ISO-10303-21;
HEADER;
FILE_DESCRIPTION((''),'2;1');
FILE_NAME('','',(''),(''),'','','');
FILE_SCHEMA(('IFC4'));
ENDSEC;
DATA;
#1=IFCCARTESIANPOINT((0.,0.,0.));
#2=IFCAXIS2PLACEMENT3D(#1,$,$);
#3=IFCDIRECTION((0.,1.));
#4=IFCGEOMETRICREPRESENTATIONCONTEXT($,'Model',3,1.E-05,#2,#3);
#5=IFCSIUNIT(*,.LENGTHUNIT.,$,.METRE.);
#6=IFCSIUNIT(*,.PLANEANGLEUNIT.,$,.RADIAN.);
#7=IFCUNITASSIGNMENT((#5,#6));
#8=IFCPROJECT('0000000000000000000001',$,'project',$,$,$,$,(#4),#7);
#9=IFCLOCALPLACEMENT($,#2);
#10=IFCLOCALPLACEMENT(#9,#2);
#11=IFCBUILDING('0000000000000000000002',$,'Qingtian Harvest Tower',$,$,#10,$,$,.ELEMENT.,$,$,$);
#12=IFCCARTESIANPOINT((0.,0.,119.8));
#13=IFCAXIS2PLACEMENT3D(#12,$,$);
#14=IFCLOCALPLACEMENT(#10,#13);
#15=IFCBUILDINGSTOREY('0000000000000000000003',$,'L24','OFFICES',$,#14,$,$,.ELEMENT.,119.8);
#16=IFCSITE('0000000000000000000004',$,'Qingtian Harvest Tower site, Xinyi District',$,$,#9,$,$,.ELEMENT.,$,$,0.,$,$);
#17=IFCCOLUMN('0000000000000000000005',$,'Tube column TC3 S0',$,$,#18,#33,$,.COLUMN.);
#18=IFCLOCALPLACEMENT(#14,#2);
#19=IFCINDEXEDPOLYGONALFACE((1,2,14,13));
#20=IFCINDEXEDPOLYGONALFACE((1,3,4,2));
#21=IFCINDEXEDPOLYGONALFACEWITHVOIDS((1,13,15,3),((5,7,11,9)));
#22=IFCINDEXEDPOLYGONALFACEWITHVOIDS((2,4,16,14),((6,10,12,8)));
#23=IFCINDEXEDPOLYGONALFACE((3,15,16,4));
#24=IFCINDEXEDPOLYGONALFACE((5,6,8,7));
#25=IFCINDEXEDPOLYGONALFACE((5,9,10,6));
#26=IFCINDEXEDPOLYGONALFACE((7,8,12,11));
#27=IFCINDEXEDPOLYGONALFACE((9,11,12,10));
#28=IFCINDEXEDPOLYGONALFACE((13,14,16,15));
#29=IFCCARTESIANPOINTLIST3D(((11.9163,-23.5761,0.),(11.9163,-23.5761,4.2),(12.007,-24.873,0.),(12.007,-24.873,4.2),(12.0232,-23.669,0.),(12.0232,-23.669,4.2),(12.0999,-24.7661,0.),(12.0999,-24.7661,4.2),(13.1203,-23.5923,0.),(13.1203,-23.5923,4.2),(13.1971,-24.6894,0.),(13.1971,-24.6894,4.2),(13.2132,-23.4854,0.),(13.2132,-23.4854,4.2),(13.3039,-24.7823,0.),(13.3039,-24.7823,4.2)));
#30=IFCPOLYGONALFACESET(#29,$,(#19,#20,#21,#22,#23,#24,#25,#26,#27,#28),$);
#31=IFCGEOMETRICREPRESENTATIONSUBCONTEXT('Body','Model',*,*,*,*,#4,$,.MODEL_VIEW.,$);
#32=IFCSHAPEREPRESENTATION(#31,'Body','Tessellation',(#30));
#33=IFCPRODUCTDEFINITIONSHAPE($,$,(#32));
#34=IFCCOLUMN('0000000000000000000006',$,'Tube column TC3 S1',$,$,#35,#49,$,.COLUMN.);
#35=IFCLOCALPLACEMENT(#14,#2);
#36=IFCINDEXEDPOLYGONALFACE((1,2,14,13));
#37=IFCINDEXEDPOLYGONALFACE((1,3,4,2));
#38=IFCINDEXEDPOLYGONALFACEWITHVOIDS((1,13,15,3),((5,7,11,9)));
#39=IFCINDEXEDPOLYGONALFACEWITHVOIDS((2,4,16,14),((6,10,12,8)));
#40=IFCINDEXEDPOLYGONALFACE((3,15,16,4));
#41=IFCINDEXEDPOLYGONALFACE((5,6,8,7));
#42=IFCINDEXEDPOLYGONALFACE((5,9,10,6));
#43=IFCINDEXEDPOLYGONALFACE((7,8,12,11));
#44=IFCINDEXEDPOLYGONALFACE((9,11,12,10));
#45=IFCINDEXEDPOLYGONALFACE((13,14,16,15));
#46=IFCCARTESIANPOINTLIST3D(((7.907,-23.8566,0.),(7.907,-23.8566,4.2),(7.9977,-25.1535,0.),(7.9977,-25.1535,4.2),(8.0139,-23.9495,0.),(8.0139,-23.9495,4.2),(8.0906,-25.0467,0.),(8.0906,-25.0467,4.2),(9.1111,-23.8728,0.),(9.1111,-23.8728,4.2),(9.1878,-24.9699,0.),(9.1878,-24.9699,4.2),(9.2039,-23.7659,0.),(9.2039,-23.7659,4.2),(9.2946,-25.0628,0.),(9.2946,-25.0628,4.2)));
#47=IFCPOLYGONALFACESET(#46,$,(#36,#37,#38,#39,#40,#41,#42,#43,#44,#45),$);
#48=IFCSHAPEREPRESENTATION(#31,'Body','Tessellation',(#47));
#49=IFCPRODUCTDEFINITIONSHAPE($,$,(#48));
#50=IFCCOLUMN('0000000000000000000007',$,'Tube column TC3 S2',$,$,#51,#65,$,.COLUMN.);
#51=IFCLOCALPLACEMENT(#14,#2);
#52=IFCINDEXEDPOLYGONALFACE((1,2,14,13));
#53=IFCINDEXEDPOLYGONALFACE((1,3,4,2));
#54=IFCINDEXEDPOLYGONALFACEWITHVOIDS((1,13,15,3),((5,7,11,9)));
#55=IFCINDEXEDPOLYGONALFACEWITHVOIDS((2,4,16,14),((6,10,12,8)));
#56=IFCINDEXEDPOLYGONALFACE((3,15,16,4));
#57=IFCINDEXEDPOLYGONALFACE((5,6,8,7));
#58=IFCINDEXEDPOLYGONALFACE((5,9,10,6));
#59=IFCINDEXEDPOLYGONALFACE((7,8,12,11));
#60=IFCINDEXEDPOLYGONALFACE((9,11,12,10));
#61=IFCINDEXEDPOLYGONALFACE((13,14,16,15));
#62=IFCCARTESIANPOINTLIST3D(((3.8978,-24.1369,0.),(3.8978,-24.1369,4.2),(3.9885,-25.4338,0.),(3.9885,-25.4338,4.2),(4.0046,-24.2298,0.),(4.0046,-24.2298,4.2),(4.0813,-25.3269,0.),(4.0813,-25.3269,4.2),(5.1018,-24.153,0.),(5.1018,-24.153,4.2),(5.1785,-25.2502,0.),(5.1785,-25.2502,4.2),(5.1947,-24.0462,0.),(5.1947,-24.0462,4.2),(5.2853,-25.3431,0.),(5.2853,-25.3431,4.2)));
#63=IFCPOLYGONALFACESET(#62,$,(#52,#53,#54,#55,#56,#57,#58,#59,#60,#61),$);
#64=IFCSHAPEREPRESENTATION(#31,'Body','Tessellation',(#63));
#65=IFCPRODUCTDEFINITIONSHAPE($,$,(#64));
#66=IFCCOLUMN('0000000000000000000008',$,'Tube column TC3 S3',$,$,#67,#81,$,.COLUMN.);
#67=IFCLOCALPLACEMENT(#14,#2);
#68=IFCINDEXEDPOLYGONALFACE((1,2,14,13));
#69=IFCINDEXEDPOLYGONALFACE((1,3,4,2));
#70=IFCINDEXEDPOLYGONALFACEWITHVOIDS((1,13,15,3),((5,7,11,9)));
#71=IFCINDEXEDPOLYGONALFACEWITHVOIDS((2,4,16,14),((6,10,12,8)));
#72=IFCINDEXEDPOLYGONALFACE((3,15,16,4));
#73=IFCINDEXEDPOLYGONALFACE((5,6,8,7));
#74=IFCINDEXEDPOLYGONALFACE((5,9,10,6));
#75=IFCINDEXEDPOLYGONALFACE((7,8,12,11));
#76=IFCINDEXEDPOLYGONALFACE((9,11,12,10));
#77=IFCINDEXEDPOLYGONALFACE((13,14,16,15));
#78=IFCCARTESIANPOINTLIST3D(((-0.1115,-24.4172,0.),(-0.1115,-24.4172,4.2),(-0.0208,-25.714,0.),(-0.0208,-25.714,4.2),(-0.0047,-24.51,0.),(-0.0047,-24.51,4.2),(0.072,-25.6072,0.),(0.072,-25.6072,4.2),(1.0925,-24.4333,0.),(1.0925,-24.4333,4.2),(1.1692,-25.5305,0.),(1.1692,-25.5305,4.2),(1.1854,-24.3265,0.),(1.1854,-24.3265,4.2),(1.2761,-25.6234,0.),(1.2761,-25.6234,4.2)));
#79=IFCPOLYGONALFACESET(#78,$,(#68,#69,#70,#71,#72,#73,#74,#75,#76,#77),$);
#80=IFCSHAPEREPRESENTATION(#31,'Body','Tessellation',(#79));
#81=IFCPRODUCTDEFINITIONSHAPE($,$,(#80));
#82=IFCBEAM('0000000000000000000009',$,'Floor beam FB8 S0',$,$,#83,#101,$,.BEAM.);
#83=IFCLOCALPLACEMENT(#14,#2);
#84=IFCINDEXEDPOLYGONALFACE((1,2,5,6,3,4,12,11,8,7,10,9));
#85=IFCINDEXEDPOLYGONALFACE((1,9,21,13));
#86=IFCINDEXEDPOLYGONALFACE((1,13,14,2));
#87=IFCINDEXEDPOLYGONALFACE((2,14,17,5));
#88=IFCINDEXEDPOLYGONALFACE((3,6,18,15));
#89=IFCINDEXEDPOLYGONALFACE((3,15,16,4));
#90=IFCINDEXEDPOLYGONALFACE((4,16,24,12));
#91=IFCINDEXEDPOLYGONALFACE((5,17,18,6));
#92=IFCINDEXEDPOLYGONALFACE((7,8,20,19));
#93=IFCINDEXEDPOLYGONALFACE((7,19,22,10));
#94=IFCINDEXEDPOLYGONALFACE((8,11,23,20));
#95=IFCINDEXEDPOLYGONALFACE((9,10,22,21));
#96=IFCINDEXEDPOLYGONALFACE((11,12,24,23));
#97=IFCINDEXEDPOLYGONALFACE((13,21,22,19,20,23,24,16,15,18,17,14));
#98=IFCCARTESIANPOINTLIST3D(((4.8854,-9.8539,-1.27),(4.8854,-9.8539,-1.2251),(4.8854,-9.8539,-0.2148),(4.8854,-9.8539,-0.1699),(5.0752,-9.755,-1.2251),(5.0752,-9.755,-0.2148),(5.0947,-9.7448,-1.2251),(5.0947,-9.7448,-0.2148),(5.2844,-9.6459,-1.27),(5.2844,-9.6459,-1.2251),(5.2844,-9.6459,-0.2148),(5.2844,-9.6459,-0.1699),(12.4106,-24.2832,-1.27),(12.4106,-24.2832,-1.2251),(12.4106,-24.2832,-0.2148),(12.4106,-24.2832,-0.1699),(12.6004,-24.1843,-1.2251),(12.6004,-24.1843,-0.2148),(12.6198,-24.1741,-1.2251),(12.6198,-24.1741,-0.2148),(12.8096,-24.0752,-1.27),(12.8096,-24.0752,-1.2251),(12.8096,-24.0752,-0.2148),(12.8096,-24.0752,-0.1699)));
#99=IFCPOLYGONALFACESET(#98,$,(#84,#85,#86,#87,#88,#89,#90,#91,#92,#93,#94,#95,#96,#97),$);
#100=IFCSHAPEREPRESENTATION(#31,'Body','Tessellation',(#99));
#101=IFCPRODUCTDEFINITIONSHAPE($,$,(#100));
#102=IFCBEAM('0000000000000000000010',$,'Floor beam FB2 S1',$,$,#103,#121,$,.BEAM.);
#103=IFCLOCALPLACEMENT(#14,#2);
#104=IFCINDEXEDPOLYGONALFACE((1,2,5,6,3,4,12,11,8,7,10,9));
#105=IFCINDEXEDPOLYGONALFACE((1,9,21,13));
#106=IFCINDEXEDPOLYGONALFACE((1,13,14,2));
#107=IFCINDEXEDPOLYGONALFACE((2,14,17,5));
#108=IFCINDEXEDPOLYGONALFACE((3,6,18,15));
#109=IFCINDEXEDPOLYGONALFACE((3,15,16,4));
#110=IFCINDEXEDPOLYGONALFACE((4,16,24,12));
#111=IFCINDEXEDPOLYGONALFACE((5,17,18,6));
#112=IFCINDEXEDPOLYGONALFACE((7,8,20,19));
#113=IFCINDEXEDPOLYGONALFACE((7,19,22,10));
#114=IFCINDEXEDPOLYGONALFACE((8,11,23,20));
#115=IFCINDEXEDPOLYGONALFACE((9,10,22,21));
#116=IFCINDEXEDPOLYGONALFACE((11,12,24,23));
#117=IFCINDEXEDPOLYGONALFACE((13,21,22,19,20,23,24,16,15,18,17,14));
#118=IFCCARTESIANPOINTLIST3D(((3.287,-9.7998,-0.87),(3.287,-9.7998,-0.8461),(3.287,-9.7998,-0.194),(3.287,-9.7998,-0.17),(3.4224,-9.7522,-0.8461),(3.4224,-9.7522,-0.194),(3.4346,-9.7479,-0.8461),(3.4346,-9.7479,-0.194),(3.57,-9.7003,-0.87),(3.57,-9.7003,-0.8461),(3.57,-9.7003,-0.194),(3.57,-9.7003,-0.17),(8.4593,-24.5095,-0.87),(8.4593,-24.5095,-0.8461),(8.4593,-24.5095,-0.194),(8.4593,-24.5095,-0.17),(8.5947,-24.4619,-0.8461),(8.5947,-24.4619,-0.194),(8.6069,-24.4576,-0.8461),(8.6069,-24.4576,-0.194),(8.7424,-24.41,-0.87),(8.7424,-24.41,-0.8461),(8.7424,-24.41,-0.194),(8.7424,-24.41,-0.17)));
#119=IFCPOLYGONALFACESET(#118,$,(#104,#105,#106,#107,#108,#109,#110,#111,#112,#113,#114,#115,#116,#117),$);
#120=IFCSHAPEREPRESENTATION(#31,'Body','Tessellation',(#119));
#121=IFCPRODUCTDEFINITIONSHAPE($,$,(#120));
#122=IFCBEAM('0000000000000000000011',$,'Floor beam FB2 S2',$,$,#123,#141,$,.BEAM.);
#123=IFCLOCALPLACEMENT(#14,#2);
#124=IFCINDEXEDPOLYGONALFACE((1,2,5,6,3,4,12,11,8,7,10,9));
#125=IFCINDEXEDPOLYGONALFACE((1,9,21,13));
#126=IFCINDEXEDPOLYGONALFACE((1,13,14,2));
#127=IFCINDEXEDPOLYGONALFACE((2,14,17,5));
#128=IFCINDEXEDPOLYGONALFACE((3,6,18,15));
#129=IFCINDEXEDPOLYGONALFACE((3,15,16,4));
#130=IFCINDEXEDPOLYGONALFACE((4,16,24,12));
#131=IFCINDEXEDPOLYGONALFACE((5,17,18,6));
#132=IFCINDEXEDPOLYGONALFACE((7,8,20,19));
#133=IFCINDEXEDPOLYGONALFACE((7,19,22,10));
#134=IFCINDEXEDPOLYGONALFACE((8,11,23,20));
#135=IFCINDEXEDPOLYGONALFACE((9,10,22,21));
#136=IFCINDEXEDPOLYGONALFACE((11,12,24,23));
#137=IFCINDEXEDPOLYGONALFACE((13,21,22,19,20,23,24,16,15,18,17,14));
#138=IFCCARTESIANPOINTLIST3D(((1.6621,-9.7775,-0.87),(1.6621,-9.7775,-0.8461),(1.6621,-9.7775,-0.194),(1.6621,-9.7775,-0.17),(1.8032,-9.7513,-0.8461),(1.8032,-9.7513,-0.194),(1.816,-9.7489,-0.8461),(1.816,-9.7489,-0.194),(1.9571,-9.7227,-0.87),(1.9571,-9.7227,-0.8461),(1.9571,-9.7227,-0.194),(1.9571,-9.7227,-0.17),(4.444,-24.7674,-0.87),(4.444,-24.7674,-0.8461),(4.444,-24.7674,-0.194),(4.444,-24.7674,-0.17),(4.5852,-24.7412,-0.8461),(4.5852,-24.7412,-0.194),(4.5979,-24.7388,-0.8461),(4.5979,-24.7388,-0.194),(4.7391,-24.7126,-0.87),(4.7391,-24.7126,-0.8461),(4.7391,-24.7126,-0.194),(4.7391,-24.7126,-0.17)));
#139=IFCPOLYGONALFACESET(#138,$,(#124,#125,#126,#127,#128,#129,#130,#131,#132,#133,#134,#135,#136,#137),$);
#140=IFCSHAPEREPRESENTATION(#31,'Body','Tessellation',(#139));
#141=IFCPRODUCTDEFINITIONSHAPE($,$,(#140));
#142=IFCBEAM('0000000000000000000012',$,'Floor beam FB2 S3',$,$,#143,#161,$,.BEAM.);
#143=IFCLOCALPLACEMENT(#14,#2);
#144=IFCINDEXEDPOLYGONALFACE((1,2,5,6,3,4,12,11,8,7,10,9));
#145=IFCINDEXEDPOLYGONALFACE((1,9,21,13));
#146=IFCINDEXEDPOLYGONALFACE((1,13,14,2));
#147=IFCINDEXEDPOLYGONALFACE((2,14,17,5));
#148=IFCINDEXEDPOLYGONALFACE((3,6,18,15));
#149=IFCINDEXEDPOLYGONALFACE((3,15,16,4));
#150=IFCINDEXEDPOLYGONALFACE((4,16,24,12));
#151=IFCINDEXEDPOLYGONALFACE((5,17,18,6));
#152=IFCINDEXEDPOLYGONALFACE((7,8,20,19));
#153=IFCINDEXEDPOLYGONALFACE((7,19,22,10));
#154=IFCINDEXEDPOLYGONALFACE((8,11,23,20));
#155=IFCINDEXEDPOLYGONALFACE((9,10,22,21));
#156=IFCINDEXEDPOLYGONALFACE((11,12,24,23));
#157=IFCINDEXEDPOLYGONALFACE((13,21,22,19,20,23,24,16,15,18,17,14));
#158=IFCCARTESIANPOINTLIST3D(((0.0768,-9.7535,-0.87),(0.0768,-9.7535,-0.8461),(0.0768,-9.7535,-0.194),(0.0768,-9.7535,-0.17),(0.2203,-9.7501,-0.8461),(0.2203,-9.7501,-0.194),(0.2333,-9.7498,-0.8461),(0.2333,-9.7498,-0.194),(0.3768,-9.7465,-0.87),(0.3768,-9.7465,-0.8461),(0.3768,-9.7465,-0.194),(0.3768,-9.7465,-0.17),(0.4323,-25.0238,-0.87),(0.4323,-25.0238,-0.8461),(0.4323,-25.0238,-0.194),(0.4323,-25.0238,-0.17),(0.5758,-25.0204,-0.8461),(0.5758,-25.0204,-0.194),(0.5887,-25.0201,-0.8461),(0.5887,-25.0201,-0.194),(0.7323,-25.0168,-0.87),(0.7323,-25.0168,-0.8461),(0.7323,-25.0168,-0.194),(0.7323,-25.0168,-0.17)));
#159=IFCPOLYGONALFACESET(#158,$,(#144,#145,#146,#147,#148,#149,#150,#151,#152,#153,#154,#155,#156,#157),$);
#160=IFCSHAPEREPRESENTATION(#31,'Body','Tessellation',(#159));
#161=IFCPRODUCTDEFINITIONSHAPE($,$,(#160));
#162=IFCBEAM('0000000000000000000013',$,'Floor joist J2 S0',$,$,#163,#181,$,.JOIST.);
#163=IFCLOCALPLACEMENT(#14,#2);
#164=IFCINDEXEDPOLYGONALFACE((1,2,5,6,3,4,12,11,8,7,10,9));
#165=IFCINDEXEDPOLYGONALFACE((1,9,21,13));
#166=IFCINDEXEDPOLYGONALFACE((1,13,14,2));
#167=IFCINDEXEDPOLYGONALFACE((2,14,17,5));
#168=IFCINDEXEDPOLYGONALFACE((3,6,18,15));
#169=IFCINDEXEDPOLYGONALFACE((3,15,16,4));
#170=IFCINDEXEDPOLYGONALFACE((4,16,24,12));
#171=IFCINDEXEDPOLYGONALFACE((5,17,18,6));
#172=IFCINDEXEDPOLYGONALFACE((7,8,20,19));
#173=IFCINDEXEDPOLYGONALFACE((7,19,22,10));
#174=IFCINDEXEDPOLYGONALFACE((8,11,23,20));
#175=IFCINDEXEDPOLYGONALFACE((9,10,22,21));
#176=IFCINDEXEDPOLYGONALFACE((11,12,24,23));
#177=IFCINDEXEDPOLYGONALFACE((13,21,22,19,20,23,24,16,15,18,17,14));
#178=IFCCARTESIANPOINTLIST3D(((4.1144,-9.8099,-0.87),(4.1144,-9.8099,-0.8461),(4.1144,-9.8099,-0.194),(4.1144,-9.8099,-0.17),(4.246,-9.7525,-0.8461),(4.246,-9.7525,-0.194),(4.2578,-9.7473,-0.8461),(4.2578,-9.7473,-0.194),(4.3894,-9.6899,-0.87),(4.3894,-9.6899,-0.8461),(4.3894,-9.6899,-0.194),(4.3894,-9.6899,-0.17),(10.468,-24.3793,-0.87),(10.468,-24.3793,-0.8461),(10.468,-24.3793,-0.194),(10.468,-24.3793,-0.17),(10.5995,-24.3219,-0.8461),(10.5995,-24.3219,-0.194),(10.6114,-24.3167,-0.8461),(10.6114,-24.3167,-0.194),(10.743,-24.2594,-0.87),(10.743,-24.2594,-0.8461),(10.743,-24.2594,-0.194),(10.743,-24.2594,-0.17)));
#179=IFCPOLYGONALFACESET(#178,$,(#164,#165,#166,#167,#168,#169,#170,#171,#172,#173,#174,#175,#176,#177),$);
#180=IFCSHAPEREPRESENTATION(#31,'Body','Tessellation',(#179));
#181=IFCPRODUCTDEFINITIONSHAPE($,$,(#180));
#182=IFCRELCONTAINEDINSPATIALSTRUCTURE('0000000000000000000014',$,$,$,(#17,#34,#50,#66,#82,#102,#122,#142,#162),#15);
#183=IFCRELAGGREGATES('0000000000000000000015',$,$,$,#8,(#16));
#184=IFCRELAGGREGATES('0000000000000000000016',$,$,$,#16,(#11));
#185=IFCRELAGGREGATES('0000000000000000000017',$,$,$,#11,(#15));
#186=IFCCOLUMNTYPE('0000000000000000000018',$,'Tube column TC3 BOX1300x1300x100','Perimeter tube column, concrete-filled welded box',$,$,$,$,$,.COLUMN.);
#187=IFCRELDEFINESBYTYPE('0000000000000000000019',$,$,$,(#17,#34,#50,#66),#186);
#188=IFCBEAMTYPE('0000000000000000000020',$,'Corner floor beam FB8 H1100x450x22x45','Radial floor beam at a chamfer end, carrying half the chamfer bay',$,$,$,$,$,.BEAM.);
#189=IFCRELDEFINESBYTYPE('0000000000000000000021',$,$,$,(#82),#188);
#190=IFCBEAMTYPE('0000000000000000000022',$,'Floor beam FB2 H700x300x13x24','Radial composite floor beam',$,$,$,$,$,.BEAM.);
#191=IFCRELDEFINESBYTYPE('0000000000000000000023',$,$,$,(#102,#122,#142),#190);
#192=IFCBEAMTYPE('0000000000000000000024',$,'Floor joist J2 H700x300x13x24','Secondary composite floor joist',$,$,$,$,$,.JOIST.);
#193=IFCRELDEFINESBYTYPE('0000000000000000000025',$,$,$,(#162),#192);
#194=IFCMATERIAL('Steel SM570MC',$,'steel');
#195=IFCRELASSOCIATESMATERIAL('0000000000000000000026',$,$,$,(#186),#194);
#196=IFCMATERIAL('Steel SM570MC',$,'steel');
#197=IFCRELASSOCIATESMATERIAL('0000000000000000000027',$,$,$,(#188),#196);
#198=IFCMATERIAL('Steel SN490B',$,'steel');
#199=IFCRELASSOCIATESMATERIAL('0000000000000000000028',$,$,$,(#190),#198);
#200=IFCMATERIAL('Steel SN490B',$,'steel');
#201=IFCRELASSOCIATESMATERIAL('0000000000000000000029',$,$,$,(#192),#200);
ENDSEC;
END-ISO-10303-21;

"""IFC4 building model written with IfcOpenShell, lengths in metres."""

from ifc_helpers import new_model, si_unit, direction, frame, origin, origin_2d, place, context, subcontext, project, spatial, hollow_rectangle, i_section, extrude, material, material_profile, profile_set, type_object, element, save


model = new_model("IFC4")

# Units and contexts
model_context = context("Model", 3, precision=1e-05, world=origin(), true_north=direction((0.0, 1.0)))
body_context = subcontext(model_context, "Body", "Model", "MODEL_VIEW")
ifc_project = project(units=[si_unit("LENGTHUNIT", "METRE"), si_unit("PLANEANGLEUNIT", "RADIAN")], contexts=[model_context])

# Site, building, storey
site_placement = place(None, origin())
site = spatial("IfcSite", under=ifc_project, at=site_placement, Name="Qingtian Harvest Tower site, Xinyi District", CompositionType="ELEMENT", RefElevation=0.0)
building_placement = place(site_placement, origin())
building = spatial("IfcBuilding", under=site, at=building_placement, Name="Qingtian Harvest Tower", CompositionType="ELEMENT")
storey_placement = place(building_placement, frame((0.0, 0.0, 119.8)))
storey = spatial("IfcBuildingStorey", under=building, at=storey_placement, Name="L24", Description="OFFICES", CompositionType="ELEMENT", Elevation=119.8)

# Columns
ifc_material_1 = material(Name="Steel SM570MC", Category="steel")
ifc_material_profile_1 = material_profile(ifc_material_1, hollow_rectangle(XDim=1.3, YDim=1.3, WallThickness=0.1001, at=origin_2d()), Name="BOX1300x1300x100")
ifc_profile_set_1 = profile_set([ifc_material_profile_1], Name="Steel SM570MC")
column_type = type_object("IfcColumnType", Name="Tube column TC3 BOX1300x1300x100", Description="Perimeter tube column, concrete-filled welded box", PredefinedType="COLUMN", material=ifc_profile_set_1)
for number, where, z_axis, x_axis, name in (
    (1, (12.6101, -24.1792, 0.0), (0.0, 0.0, 1.0), (0.997564, 0.069756, 0.0), "Tube column TC3 S0"),
    (2, (8.6008, -24.4597, 0.0), (0.0, 0.0, 1.0), (0.997564, 0.069756, 0.0), "Tube column TC3 S1"),
    (3, (4.5916, -24.74, 0.0), (0.0, 0.0, 1.0), (0.997564, 0.069756, 0.0), "Tube column TC3 S2"),
    (4, (0.5823, -25.0203, 0.0), (0.0, 0.0, 1.0), (0.997564, 0.069756, 0.0), "Tube column TC3 S3"),
):
    element("IfcColumn", number, at=place(storey_placement, frame(where, z_axis=z_axis, x_axis=x_axis)), inside=storey, type_object=column_type, Name=name, PredefinedType="COLUMN", context=body_context, shape_type="SweptSolid", body=[
        extrude(hollow_rectangle(XDim=1.3, YDim=1.3, WallThickness=0.1001, at=origin_2d()), origin(), (0.0, 0.0, 1.0), 4.2),
    ])

# Beams
ifc_material_2 = material(Name="Steel SM570MC", Category="steel")
ifc_material_profile_2 = material_profile(ifc_material_2, i_section(OverallWidth=0.45, OverallDepth=1.1001, WebThickness=0.022, FlangeThickness=0.0449, at=origin_2d()), Name="H1100x450x22x45")
ifc_profile_set_2 = profile_set([ifc_material_profile_2], Name="Steel SM570MC")
beam_type_1 = type_object("IfcBeamType", Name="Corner floor beam FB8 H1100x450x22x45", Description="Radial floor beam at a chamfer end, carrying half the chamfer bay", PredefinedType="BEAM", material=ifc_profile_set_2)
beam_1_placement = place(storey_placement, frame((12.6101, -24.1792, -0.72), z_axis=(-0.462415, 0.886664, 0.0), x_axis=(-0.886664, -0.462415, 0.0)))
element("IfcBeam", 5, at=beam_1_placement, inside=storey, type_object=beam_type_1, Name="Floor beam FB8 S0", PredefinedType="BEAM", context=body_context, shape_type="SweptSolid", body=[
    extrude(i_section(OverallWidth=0.45, OverallDepth=1.1001, WebThickness=0.022, FlangeThickness=0.0449, at=origin_2d()), origin(), (0.0, 0.0, 1.0), 16.2737),
])
ifc_material_3 = material(Name="Steel SN490B", Category="steel")
ifc_material_profile_3 = material_profile(ifc_material_3, i_section(OverallWidth=0.3, OverallDepth=0.7, WebThickness=0.0129, FlangeThickness=0.0239, at=origin_2d()), Name="H700x300x13x24")
ifc_profile_set_3 = profile_set([ifc_material_profile_3], Name="Steel SN490B")
beam_type_2 = type_object("IfcBeamType", Name="Floor beam FB2 H700x300x13x24", Description="Radial composite floor beam", PredefinedType="BEAM", material=ifc_profile_set_3)
beam_2_placement = place(storey_placement, frame((8.6008, -24.4597, -0.52), z_axis=(-0.331719, 0.943378, 0.0), x_axis=(-0.943378, -0.331719, 0.0)))
element("IfcBeam", 6, at=beam_2_placement, inside=storey, type_object=beam_type_2, Name="Floor beam FB2 S1", PredefinedType="BEAM", context=body_context, shape_type="SweptSolid", body=[
    extrude(i_section(OverallWidth=0.3, OverallDepth=0.7, WebThickness=0.0129, FlangeThickness=0.0239, at=origin_2d()), origin(), (0.0, 0.0, 1.0), 15.5925),
])
beam_3_placement = place(storey_placement, frame((4.5916, -24.74, -0.52), z_axis=(-0.182473, 0.983211, 0.0), x_axis=(-0.983211, -0.182473, 0.0)))
element("IfcBeam", 7, at=beam_3_placement, inside=storey, type_object=beam_type_2, Name="Floor beam FB2 S2", PredefinedType="BEAM", context=body_context, shape_type="SweptSolid", body=[
    extrude(i_section(OverallWidth=0.3, OverallDepth=0.7, WebThickness=0.0129, FlangeThickness=0.0239, at=origin_2d()), origin(), (0.0, 0.0, 1.0), 15.2458),
])
beam_4_placement = place(storey_placement, frame((0.5823, -25.0203, -0.52), z_axis=(-0.023272, 0.999729, 0.0), x_axis=(-0.999729, -0.023272, 0.0)))
element("IfcBeam", 8, at=beam_4_placement, inside=storey, type_object=beam_type_2, Name="Floor beam FB2 S3", PredefinedType="BEAM", context=body_context, shape_type="SweptSolid", body=[
    extrude(i_section(OverallWidth=0.3, OverallDepth=0.7, WebThickness=0.0129, FlangeThickness=0.0239, at=origin_2d()), origin(), (0.0, 0.0, 1.0), 15.2744),
])
ifc_material_4 = material(Name="Steel SN490B", Category="steel")
ifc_material_profile_4 = material_profile(ifc_material_4, i_section(OverallWidth=0.3, OverallDepth=0.7, WebThickness=0.0129, FlangeThickness=0.0239, at=origin_2d()), Name="H700x300x13x24")
ifc_profile_set_4 = profile_set([ifc_material_profile_4], Name="Steel SN490B")
beam_type_3 = type_object("IfcBeamType", Name="Floor joist J2 H700x300x13x24", Description="Secondary composite floor joist", PredefinedType="JOIST", material=ifc_profile_set_4)
beam_5_placement = place(storey_placement, frame((10.6055, -24.3193, -0.52), z_axis=(-0.399732, 0.916632, 0.0), x_axis=(-0.916632, -0.399732, 0.0)))
element("IfcBeam", 9, at=beam_5_placement, inside=storey, type_object=beam_type_3, Name="Floor joist J2 S0", PredefinedType="JOIST", context=body_context, shape_type="SweptSolid", body=[
    extrude(i_section(OverallWidth=0.3, OverallDepth=0.7, WebThickness=0.0129, FlangeThickness=0.0239, at=origin_2d()), origin(), (0.0, 0.0, 1.0), 15.8945),
])

save(model, "model.ifc")
